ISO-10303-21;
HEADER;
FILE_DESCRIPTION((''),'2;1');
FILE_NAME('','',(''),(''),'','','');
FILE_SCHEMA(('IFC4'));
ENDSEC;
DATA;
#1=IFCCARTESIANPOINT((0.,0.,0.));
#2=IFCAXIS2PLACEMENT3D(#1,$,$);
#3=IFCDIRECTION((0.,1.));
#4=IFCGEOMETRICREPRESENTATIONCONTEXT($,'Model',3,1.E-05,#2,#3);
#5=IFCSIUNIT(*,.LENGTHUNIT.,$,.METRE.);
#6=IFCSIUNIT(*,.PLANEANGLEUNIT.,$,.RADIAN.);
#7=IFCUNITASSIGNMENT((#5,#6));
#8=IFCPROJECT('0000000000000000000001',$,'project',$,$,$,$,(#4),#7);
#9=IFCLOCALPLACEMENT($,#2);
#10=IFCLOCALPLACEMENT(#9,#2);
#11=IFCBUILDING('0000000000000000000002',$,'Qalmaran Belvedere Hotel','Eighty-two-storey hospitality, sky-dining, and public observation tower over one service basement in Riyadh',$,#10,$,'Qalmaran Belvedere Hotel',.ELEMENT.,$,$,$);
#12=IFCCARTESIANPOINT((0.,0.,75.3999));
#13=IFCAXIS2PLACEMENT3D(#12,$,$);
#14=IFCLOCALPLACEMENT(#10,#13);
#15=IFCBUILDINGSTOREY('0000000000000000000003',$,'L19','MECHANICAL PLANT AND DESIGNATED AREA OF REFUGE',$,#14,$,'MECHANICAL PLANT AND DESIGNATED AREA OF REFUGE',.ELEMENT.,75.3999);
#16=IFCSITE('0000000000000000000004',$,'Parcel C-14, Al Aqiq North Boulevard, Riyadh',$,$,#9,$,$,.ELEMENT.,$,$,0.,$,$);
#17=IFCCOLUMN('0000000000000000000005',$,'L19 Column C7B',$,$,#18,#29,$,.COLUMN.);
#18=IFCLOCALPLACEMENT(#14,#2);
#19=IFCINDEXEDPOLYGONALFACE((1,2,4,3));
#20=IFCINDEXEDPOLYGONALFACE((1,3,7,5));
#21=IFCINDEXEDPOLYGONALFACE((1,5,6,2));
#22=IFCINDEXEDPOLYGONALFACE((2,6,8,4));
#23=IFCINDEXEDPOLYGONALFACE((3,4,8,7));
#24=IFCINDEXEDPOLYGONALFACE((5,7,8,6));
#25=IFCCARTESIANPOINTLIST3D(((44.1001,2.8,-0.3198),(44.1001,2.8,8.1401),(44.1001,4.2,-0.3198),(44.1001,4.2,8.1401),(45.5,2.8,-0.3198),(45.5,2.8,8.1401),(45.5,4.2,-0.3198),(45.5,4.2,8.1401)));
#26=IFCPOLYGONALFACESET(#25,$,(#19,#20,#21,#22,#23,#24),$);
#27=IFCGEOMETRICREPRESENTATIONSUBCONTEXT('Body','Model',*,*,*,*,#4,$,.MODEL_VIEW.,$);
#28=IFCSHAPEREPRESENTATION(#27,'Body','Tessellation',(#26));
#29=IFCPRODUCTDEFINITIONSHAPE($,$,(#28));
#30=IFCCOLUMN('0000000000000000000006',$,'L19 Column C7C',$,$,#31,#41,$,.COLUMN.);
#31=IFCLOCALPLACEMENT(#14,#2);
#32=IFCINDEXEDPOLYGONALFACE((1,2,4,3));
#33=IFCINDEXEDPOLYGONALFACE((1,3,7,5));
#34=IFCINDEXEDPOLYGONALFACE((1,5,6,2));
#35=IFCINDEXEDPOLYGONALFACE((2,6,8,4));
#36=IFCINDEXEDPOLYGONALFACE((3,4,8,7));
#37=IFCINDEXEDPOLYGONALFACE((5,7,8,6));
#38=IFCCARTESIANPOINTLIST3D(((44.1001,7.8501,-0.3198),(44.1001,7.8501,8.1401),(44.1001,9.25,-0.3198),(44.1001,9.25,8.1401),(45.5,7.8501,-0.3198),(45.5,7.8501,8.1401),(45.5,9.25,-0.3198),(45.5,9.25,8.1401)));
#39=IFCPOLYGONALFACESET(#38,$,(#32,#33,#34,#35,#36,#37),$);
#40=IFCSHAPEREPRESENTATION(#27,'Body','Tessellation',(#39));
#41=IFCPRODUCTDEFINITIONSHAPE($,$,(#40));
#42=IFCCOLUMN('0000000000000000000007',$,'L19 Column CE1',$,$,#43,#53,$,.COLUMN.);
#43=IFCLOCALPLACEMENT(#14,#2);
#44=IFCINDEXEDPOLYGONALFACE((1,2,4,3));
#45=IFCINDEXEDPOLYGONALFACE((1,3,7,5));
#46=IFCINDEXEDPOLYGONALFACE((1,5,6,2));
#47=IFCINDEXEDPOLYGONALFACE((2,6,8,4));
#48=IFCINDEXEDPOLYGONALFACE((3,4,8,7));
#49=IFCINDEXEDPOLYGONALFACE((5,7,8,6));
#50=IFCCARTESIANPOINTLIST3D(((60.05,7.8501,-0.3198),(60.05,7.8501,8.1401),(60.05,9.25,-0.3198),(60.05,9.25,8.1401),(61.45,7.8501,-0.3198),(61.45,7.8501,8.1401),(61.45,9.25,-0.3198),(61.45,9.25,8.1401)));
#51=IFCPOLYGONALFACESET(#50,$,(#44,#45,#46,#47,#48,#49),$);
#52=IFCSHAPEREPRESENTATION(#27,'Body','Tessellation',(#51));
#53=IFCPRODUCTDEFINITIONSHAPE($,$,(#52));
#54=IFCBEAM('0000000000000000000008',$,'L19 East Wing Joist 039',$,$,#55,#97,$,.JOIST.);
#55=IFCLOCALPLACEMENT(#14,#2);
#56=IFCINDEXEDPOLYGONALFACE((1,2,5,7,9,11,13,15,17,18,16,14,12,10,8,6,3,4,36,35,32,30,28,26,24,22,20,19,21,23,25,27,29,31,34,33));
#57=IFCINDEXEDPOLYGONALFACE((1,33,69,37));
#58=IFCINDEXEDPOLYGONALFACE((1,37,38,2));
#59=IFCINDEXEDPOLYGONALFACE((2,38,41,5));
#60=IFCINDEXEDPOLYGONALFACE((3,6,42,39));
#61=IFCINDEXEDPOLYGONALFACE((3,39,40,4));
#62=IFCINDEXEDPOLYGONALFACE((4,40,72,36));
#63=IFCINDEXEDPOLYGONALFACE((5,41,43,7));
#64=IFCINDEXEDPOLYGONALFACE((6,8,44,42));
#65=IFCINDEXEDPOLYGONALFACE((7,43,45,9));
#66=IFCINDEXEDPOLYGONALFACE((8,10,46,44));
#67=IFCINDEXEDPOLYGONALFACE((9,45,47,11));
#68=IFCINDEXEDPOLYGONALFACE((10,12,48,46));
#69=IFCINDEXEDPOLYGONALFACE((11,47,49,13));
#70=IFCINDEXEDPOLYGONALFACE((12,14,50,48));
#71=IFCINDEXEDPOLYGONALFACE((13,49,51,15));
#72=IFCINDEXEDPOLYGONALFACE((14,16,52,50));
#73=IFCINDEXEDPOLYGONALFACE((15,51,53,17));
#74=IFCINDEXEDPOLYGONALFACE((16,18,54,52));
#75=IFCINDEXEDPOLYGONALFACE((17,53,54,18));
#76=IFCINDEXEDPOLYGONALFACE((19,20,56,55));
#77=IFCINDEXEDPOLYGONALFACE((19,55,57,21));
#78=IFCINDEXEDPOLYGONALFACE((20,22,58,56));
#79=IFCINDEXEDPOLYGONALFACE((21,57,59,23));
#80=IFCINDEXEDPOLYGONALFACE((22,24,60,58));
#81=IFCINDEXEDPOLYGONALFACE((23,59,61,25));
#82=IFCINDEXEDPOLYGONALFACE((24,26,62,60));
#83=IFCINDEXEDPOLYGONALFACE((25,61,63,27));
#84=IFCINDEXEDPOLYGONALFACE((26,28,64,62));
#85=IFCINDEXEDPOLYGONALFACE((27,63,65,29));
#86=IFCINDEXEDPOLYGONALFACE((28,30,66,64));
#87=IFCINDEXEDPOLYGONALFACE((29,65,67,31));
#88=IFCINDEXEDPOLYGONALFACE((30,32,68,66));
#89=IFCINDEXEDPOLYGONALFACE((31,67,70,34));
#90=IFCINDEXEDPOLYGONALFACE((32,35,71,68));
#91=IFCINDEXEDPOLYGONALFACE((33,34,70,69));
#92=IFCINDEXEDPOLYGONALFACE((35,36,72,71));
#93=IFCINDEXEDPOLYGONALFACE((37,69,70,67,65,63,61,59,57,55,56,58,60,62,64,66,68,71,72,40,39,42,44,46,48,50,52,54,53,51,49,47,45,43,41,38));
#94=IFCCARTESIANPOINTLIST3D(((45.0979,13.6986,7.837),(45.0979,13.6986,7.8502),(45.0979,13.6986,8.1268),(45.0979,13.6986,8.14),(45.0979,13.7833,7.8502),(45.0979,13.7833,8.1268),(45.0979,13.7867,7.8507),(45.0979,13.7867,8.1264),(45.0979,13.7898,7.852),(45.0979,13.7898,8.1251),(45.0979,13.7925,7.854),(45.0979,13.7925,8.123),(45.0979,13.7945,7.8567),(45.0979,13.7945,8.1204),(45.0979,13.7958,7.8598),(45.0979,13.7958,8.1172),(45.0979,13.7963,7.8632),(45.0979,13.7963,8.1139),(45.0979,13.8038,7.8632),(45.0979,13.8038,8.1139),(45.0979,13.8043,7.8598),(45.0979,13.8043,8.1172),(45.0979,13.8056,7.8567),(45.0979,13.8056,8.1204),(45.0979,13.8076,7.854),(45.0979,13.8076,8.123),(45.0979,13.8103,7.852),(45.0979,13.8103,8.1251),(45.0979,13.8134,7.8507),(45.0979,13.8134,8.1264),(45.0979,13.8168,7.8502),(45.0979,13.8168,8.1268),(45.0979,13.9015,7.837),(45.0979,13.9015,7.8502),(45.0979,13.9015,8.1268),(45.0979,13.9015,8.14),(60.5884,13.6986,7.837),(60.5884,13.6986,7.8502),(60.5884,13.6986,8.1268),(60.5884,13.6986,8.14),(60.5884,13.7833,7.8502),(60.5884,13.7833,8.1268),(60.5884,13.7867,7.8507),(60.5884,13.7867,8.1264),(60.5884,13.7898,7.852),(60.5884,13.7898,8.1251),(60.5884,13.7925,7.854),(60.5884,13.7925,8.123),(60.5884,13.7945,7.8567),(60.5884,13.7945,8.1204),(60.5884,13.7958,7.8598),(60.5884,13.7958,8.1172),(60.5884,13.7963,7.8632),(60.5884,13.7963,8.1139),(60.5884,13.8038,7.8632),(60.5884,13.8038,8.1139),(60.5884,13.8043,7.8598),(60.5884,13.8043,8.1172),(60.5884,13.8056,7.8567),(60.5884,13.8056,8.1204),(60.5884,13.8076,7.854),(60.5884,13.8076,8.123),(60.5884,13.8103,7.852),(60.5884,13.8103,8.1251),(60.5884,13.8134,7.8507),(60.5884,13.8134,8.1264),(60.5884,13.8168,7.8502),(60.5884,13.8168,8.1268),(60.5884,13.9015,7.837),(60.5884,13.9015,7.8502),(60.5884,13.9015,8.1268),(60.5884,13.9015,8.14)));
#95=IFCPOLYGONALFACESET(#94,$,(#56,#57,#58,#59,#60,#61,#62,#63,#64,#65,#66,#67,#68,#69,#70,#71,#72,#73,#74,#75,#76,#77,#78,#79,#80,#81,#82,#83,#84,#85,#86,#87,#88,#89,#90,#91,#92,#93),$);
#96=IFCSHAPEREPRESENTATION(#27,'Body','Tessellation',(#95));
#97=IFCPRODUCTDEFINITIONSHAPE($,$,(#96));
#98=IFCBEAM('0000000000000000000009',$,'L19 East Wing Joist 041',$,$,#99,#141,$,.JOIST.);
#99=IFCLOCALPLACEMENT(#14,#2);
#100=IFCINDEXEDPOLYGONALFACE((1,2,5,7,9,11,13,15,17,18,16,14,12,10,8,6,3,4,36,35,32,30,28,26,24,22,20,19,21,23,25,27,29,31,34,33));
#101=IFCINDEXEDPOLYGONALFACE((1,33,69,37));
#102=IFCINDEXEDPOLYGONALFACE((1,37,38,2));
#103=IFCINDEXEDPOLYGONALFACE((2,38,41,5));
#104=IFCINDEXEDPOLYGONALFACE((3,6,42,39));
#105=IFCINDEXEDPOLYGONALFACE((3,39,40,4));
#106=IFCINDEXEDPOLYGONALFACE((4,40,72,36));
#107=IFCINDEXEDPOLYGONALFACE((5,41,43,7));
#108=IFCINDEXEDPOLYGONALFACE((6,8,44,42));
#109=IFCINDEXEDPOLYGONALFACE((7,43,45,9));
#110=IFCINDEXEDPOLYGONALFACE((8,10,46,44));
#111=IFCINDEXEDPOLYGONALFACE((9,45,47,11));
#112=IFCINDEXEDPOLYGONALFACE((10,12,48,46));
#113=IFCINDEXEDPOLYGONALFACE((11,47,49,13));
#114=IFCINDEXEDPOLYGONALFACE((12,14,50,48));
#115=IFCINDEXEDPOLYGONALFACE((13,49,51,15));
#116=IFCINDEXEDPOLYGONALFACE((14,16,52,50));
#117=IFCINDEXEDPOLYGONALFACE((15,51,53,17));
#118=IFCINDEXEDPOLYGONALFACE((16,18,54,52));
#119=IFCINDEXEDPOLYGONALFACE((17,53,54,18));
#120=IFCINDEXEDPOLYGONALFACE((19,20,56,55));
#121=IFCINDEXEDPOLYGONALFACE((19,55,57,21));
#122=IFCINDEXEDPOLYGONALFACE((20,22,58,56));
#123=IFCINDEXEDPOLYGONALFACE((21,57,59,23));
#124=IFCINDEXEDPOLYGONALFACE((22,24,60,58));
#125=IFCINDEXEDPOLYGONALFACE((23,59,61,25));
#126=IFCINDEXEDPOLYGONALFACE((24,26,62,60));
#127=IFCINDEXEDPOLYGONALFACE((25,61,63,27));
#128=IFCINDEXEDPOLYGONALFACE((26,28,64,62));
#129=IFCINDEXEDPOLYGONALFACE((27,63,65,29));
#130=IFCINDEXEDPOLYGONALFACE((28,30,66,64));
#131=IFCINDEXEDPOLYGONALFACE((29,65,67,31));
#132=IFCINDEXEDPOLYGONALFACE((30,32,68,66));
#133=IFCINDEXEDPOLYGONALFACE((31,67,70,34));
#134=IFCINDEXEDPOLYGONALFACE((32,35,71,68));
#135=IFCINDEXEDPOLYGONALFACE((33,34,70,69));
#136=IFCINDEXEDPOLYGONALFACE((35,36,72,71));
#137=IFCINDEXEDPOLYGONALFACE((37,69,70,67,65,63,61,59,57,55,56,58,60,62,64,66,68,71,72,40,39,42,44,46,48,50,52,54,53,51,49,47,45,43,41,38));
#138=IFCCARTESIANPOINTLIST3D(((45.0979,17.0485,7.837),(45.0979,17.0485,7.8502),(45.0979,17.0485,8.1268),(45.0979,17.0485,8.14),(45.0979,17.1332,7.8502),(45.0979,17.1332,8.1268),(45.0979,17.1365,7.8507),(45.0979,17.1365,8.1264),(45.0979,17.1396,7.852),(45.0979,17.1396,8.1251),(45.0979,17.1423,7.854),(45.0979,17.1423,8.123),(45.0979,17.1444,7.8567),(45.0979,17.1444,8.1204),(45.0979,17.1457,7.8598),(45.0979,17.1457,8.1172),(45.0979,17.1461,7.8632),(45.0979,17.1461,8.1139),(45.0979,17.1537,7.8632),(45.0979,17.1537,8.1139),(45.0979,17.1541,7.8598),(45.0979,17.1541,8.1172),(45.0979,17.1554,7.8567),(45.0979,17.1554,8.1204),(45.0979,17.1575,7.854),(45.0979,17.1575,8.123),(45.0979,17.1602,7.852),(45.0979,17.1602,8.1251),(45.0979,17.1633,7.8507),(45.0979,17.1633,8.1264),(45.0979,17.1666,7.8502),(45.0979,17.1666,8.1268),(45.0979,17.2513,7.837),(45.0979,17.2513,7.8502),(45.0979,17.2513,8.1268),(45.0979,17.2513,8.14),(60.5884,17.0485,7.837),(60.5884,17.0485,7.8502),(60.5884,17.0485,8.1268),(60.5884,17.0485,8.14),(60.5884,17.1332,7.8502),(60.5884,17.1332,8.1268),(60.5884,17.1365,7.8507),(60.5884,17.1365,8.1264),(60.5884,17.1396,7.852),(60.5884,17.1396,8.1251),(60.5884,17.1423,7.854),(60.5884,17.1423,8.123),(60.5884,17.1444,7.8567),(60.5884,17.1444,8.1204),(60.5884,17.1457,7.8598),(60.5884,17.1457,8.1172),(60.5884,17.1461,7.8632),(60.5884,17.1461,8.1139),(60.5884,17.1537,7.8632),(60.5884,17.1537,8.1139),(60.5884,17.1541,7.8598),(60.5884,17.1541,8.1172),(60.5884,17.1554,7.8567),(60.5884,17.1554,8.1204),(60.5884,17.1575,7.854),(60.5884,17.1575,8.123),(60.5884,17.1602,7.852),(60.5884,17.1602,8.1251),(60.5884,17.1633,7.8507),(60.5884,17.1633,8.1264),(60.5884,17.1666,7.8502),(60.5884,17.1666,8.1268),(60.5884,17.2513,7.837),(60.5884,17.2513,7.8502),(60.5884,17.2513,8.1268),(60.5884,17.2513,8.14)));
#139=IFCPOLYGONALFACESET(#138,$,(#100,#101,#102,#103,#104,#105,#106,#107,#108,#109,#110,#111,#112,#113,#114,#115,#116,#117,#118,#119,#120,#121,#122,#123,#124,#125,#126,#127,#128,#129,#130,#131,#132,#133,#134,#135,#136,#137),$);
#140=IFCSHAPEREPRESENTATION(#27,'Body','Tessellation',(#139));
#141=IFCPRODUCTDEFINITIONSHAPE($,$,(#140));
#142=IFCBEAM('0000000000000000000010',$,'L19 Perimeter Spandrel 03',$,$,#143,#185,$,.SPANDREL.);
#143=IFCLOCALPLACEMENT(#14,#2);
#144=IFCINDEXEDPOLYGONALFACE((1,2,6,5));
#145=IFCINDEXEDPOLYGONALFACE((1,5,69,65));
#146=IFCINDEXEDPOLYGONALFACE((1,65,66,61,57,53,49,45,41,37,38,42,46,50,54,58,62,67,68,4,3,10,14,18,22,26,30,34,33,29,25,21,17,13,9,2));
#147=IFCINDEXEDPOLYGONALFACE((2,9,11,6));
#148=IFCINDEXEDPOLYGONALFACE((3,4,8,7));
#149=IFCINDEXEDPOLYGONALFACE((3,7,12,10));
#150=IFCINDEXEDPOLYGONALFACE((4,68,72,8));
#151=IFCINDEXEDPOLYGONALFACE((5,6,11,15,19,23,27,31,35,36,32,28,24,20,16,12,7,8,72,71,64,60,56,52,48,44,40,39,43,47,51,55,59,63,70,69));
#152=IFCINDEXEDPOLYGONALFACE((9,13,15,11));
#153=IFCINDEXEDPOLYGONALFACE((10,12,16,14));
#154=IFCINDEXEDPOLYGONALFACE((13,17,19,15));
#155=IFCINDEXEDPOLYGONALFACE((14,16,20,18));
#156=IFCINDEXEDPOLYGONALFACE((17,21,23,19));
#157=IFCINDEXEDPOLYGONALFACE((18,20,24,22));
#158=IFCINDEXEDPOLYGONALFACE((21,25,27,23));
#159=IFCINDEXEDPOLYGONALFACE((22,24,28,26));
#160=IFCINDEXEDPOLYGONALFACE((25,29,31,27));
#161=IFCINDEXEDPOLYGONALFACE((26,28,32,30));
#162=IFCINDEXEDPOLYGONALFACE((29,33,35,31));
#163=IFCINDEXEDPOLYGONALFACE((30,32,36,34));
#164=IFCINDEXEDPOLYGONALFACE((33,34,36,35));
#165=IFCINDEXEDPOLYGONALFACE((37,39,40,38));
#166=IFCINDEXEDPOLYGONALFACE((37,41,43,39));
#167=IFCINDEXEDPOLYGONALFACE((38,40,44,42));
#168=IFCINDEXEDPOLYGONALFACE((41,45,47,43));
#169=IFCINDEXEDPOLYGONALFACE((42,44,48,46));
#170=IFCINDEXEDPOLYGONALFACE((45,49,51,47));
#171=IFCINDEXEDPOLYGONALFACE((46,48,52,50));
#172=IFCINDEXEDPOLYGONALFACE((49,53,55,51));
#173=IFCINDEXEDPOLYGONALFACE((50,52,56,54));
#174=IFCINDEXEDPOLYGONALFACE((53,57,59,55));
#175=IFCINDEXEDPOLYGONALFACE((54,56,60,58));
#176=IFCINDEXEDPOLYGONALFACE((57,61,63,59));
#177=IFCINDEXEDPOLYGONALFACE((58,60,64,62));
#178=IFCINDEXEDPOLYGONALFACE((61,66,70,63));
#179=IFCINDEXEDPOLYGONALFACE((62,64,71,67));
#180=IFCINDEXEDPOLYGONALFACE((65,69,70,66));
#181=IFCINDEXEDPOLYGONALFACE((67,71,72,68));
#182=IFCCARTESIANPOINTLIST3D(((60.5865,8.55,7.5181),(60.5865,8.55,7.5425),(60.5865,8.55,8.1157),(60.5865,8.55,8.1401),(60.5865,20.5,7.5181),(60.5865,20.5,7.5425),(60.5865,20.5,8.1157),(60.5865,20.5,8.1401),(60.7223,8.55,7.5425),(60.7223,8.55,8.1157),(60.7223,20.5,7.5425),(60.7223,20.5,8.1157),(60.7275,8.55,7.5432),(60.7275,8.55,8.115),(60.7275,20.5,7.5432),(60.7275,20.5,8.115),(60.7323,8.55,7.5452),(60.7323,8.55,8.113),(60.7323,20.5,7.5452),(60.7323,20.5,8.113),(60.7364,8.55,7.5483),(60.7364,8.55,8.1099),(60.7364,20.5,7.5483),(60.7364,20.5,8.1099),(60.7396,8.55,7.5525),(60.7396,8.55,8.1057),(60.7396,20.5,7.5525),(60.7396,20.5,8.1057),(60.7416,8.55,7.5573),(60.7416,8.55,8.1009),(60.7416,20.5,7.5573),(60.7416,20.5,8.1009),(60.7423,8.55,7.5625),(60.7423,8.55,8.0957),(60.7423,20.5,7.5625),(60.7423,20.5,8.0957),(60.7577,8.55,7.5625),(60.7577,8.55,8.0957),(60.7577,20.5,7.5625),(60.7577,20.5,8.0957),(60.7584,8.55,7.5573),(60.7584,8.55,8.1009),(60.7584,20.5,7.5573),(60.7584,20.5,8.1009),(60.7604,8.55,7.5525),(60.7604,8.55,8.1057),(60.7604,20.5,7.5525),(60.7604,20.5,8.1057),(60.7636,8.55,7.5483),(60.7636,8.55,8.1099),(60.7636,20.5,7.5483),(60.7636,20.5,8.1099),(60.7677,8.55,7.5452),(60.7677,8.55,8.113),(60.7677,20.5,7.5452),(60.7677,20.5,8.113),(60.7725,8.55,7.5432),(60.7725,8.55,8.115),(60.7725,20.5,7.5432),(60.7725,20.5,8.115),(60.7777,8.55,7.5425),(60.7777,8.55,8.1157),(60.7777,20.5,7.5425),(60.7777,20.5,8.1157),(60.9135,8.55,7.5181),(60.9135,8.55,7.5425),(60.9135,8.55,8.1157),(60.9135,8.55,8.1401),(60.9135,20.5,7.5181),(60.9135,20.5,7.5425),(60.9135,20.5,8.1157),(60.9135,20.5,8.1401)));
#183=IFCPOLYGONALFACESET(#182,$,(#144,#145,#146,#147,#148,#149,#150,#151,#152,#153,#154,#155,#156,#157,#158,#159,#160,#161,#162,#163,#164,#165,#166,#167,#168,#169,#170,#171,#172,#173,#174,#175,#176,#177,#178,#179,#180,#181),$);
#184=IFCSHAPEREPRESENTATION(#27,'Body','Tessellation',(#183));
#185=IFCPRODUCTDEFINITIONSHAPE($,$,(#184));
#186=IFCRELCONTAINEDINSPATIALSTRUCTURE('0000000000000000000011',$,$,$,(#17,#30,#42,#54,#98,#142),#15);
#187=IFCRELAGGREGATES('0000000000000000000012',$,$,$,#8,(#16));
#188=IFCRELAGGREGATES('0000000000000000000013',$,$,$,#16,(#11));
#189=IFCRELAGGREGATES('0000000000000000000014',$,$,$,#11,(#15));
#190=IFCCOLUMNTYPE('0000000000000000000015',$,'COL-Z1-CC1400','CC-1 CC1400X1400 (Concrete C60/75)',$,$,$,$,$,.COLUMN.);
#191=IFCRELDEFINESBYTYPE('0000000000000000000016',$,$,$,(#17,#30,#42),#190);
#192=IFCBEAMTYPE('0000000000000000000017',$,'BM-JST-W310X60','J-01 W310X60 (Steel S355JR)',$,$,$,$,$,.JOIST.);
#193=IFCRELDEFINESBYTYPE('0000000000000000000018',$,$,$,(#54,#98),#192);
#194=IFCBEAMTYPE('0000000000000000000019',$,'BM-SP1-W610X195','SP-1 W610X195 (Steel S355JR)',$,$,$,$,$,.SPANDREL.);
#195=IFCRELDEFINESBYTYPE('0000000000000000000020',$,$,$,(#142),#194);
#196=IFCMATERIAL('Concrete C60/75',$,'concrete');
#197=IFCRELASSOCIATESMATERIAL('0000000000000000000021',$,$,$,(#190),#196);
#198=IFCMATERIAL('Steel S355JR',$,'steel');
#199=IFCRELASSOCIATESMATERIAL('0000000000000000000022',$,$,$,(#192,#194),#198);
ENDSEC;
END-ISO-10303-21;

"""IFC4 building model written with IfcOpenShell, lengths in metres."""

from ifc_helpers import new_model, si_unit, direction, frame, origin, origin_2d, place, context, subcontext, project, spatial, rectangle, i_section, extrude, material, material_profile, profile_set, type_object, element, save


model = new_model("IFC4")

# Units and contexts
model_context = context("Model", 3, precision=1e-05, world=origin(), true_north=direction((0.0, 1.0)))
body_context = subcontext(model_context, "Body", "Model", "MODEL_VIEW")
ifc_project = project(units=[si_unit("LENGTHUNIT", "METRE"), si_unit("PLANEANGLEUNIT", "RADIAN")], contexts=[model_context])

# Site, building, storey
site_placement = place(None, origin())
site = spatial("IfcSite", under=ifc_project, at=site_placement, Name="Parcel C-14, Al Aqiq North Boulevard, Riyadh", CompositionType="ELEMENT", RefElevation=0.0)
building_placement = place(site_placement, origin())
building = spatial("IfcBuilding", under=site, at=building_placement, Name="Qalmaran Belvedere Hotel", Description="Eighty-two-storey hospitality, sky-dining, and public observation tower over one service basement in Riyadh", LongName="Qalmaran Belvedere Hotel", CompositionType="ELEMENT")
storey_placement = place(building_placement, frame((0.0, 0.0, 75.3999)))
storey = spatial("IfcBuildingStorey", under=building, at=storey_placement, Name="L19", Description="MECHANICAL PLANT AND DESIGNATED AREA OF REFUGE", LongName="MECHANICAL PLANT AND DESIGNATED AREA OF REFUGE", CompositionType="ELEMENT", Elevation=75.3999)

# Columns
ifc_material_1 = material(Name="Concrete C60/75", Category="concrete")
ifc_material_profile_1 = material_profile(ifc_material_1, rectangle(XDim=1.3999, YDim=1.3999, at=origin_2d()), Name="CC1400X1400")
ifc_profile_set_1 = profile_set([ifc_material_profile_1], Name="Concrete C60/75")
column_type = type_object("IfcColumnType", Name="COL-Z1-CC1400", Description="CC-1 CC1400X1400 (Concrete C60/75)", PredefinedType="COLUMN", material=ifc_profile_set_1)
for number, where, z_axis, x_axis, name in (
    (1, (44.8, 3.5, -0.3198), (0.0, 0.0, 1.0), (1.0, 0.0, 0.0), "L19 Column C7B"),
    (2, (44.8, 8.55, -0.3198), (0.0, 0.0, 1.0), (1.0, 0.0, 0.0), "L19 Column C7C"),
    (3, (60.75, 8.55, -0.3198), (0.0, 0.0, 1.0), (1.0, 0.0, 0.0), "L19 Column CE1"),
):
    element("IfcColumn", number, at=place(storey_placement, frame(where, z_axis=z_axis, x_axis=x_axis)), inside=storey, type_object=column_type, Name=name, PredefinedType="COLUMN", context=body_context, shape_type="SweptSolid", body=[
        extrude(rectangle(XDim=1.3999, YDim=1.3999, at=origin_2d()), origin(), (0.0, 0.0, 1.0), 8.46),
    ])

# Beams
ifc_material_2 = material(Name="Steel S355JR", Category="steel")
ifc_material_profile_2 = material_profile(ifc_material_2, i_section(OverallWidth=0.2029, OverallDepth=0.303, WebThickness=0.0076, FlangeThickness=0.0132, FilletRadius=0.0129, at=origin_2d()), Name="W310X60")
ifc_profile_set_2 = profile_set([ifc_material_profile_2], Name="Steel S355JR")
beam_type_1 = type_object("IfcBeamType", Name="BM-JST-W310X60", Description="J-01 W310X60 (Steel S355JR)", PredefinedType="JOIST", material=ifc_profile_set_2)
for number, where, z_axis, x_axis, name in (
    (4, (45.0979, 13.8, 7.9885), (1.0, 0.0, 0.0), (0.0, 1.0, 0.0), "L19 East Wing Joist 039"),
    (5, (45.0979, 17.1499, 7.9885), (1.0, 0.0, 0.0), (0.0, 1.0, 0.0), "L19 East Wing Joist 041"),
):
    element("IfcBeam", number, at=place(storey_placement, frame(where, z_axis=z_axis, x_axis=x_axis)), inside=storey, type_object=beam_type_1, Name=name, PredefinedType="JOIST", context=body_context, shape_type="SweptSolid", body=[
        extrude(i_section(OverallWidth=0.2029, OverallDepth=0.303, WebThickness=0.0076, FlangeThickness=0.0132, FilletRadius=0.0129, at=origin_2d()), origin(), (0.0, 0.0, 1.0), 15.4905),
    ])
ifc_material_profile_3 = material_profile(ifc_material_2, i_section(OverallWidth=0.3269, OverallDepth=0.6221, WebThickness=0.0154, FlangeThickness=0.0244, FilletRadius=0.02, at=origin_2d()), Name="W610X195")
ifc_profile_set_3 = profile_set([ifc_material_profile_3], Name="Steel S355JR")
beam_type_2 = type_object("IfcBeamType", Name="BM-SP1-W610X195", Description="SP-1 W610X195 (Steel S355JR)", PredefinedType="SPANDREL", material=ifc_profile_set_3)
beam_1_placement = place(storey_placement, frame((60.75, 8.55, 7.8291), z_axis=(0.0, 1.0, 0.0), x_axis=(-1.0, 0.0, 0.0)))
element("IfcBeam", 6, at=beam_1_placement, inside=storey, type_object=beam_type_2, Name="L19 Perimeter Spandrel 03", PredefinedType="SPANDREL", context=body_context, shape_type="SweptSolid", body=[
    extrude(i_section(OverallWidth=0.3269, OverallDepth=0.6221, WebThickness=0.0154, FlangeThickness=0.0244, FilletRadius=0.02, at=origin_2d()), origin(), (0.0, 0.0, 1.0), 11.95),
])

save(model, "model.ifc")
